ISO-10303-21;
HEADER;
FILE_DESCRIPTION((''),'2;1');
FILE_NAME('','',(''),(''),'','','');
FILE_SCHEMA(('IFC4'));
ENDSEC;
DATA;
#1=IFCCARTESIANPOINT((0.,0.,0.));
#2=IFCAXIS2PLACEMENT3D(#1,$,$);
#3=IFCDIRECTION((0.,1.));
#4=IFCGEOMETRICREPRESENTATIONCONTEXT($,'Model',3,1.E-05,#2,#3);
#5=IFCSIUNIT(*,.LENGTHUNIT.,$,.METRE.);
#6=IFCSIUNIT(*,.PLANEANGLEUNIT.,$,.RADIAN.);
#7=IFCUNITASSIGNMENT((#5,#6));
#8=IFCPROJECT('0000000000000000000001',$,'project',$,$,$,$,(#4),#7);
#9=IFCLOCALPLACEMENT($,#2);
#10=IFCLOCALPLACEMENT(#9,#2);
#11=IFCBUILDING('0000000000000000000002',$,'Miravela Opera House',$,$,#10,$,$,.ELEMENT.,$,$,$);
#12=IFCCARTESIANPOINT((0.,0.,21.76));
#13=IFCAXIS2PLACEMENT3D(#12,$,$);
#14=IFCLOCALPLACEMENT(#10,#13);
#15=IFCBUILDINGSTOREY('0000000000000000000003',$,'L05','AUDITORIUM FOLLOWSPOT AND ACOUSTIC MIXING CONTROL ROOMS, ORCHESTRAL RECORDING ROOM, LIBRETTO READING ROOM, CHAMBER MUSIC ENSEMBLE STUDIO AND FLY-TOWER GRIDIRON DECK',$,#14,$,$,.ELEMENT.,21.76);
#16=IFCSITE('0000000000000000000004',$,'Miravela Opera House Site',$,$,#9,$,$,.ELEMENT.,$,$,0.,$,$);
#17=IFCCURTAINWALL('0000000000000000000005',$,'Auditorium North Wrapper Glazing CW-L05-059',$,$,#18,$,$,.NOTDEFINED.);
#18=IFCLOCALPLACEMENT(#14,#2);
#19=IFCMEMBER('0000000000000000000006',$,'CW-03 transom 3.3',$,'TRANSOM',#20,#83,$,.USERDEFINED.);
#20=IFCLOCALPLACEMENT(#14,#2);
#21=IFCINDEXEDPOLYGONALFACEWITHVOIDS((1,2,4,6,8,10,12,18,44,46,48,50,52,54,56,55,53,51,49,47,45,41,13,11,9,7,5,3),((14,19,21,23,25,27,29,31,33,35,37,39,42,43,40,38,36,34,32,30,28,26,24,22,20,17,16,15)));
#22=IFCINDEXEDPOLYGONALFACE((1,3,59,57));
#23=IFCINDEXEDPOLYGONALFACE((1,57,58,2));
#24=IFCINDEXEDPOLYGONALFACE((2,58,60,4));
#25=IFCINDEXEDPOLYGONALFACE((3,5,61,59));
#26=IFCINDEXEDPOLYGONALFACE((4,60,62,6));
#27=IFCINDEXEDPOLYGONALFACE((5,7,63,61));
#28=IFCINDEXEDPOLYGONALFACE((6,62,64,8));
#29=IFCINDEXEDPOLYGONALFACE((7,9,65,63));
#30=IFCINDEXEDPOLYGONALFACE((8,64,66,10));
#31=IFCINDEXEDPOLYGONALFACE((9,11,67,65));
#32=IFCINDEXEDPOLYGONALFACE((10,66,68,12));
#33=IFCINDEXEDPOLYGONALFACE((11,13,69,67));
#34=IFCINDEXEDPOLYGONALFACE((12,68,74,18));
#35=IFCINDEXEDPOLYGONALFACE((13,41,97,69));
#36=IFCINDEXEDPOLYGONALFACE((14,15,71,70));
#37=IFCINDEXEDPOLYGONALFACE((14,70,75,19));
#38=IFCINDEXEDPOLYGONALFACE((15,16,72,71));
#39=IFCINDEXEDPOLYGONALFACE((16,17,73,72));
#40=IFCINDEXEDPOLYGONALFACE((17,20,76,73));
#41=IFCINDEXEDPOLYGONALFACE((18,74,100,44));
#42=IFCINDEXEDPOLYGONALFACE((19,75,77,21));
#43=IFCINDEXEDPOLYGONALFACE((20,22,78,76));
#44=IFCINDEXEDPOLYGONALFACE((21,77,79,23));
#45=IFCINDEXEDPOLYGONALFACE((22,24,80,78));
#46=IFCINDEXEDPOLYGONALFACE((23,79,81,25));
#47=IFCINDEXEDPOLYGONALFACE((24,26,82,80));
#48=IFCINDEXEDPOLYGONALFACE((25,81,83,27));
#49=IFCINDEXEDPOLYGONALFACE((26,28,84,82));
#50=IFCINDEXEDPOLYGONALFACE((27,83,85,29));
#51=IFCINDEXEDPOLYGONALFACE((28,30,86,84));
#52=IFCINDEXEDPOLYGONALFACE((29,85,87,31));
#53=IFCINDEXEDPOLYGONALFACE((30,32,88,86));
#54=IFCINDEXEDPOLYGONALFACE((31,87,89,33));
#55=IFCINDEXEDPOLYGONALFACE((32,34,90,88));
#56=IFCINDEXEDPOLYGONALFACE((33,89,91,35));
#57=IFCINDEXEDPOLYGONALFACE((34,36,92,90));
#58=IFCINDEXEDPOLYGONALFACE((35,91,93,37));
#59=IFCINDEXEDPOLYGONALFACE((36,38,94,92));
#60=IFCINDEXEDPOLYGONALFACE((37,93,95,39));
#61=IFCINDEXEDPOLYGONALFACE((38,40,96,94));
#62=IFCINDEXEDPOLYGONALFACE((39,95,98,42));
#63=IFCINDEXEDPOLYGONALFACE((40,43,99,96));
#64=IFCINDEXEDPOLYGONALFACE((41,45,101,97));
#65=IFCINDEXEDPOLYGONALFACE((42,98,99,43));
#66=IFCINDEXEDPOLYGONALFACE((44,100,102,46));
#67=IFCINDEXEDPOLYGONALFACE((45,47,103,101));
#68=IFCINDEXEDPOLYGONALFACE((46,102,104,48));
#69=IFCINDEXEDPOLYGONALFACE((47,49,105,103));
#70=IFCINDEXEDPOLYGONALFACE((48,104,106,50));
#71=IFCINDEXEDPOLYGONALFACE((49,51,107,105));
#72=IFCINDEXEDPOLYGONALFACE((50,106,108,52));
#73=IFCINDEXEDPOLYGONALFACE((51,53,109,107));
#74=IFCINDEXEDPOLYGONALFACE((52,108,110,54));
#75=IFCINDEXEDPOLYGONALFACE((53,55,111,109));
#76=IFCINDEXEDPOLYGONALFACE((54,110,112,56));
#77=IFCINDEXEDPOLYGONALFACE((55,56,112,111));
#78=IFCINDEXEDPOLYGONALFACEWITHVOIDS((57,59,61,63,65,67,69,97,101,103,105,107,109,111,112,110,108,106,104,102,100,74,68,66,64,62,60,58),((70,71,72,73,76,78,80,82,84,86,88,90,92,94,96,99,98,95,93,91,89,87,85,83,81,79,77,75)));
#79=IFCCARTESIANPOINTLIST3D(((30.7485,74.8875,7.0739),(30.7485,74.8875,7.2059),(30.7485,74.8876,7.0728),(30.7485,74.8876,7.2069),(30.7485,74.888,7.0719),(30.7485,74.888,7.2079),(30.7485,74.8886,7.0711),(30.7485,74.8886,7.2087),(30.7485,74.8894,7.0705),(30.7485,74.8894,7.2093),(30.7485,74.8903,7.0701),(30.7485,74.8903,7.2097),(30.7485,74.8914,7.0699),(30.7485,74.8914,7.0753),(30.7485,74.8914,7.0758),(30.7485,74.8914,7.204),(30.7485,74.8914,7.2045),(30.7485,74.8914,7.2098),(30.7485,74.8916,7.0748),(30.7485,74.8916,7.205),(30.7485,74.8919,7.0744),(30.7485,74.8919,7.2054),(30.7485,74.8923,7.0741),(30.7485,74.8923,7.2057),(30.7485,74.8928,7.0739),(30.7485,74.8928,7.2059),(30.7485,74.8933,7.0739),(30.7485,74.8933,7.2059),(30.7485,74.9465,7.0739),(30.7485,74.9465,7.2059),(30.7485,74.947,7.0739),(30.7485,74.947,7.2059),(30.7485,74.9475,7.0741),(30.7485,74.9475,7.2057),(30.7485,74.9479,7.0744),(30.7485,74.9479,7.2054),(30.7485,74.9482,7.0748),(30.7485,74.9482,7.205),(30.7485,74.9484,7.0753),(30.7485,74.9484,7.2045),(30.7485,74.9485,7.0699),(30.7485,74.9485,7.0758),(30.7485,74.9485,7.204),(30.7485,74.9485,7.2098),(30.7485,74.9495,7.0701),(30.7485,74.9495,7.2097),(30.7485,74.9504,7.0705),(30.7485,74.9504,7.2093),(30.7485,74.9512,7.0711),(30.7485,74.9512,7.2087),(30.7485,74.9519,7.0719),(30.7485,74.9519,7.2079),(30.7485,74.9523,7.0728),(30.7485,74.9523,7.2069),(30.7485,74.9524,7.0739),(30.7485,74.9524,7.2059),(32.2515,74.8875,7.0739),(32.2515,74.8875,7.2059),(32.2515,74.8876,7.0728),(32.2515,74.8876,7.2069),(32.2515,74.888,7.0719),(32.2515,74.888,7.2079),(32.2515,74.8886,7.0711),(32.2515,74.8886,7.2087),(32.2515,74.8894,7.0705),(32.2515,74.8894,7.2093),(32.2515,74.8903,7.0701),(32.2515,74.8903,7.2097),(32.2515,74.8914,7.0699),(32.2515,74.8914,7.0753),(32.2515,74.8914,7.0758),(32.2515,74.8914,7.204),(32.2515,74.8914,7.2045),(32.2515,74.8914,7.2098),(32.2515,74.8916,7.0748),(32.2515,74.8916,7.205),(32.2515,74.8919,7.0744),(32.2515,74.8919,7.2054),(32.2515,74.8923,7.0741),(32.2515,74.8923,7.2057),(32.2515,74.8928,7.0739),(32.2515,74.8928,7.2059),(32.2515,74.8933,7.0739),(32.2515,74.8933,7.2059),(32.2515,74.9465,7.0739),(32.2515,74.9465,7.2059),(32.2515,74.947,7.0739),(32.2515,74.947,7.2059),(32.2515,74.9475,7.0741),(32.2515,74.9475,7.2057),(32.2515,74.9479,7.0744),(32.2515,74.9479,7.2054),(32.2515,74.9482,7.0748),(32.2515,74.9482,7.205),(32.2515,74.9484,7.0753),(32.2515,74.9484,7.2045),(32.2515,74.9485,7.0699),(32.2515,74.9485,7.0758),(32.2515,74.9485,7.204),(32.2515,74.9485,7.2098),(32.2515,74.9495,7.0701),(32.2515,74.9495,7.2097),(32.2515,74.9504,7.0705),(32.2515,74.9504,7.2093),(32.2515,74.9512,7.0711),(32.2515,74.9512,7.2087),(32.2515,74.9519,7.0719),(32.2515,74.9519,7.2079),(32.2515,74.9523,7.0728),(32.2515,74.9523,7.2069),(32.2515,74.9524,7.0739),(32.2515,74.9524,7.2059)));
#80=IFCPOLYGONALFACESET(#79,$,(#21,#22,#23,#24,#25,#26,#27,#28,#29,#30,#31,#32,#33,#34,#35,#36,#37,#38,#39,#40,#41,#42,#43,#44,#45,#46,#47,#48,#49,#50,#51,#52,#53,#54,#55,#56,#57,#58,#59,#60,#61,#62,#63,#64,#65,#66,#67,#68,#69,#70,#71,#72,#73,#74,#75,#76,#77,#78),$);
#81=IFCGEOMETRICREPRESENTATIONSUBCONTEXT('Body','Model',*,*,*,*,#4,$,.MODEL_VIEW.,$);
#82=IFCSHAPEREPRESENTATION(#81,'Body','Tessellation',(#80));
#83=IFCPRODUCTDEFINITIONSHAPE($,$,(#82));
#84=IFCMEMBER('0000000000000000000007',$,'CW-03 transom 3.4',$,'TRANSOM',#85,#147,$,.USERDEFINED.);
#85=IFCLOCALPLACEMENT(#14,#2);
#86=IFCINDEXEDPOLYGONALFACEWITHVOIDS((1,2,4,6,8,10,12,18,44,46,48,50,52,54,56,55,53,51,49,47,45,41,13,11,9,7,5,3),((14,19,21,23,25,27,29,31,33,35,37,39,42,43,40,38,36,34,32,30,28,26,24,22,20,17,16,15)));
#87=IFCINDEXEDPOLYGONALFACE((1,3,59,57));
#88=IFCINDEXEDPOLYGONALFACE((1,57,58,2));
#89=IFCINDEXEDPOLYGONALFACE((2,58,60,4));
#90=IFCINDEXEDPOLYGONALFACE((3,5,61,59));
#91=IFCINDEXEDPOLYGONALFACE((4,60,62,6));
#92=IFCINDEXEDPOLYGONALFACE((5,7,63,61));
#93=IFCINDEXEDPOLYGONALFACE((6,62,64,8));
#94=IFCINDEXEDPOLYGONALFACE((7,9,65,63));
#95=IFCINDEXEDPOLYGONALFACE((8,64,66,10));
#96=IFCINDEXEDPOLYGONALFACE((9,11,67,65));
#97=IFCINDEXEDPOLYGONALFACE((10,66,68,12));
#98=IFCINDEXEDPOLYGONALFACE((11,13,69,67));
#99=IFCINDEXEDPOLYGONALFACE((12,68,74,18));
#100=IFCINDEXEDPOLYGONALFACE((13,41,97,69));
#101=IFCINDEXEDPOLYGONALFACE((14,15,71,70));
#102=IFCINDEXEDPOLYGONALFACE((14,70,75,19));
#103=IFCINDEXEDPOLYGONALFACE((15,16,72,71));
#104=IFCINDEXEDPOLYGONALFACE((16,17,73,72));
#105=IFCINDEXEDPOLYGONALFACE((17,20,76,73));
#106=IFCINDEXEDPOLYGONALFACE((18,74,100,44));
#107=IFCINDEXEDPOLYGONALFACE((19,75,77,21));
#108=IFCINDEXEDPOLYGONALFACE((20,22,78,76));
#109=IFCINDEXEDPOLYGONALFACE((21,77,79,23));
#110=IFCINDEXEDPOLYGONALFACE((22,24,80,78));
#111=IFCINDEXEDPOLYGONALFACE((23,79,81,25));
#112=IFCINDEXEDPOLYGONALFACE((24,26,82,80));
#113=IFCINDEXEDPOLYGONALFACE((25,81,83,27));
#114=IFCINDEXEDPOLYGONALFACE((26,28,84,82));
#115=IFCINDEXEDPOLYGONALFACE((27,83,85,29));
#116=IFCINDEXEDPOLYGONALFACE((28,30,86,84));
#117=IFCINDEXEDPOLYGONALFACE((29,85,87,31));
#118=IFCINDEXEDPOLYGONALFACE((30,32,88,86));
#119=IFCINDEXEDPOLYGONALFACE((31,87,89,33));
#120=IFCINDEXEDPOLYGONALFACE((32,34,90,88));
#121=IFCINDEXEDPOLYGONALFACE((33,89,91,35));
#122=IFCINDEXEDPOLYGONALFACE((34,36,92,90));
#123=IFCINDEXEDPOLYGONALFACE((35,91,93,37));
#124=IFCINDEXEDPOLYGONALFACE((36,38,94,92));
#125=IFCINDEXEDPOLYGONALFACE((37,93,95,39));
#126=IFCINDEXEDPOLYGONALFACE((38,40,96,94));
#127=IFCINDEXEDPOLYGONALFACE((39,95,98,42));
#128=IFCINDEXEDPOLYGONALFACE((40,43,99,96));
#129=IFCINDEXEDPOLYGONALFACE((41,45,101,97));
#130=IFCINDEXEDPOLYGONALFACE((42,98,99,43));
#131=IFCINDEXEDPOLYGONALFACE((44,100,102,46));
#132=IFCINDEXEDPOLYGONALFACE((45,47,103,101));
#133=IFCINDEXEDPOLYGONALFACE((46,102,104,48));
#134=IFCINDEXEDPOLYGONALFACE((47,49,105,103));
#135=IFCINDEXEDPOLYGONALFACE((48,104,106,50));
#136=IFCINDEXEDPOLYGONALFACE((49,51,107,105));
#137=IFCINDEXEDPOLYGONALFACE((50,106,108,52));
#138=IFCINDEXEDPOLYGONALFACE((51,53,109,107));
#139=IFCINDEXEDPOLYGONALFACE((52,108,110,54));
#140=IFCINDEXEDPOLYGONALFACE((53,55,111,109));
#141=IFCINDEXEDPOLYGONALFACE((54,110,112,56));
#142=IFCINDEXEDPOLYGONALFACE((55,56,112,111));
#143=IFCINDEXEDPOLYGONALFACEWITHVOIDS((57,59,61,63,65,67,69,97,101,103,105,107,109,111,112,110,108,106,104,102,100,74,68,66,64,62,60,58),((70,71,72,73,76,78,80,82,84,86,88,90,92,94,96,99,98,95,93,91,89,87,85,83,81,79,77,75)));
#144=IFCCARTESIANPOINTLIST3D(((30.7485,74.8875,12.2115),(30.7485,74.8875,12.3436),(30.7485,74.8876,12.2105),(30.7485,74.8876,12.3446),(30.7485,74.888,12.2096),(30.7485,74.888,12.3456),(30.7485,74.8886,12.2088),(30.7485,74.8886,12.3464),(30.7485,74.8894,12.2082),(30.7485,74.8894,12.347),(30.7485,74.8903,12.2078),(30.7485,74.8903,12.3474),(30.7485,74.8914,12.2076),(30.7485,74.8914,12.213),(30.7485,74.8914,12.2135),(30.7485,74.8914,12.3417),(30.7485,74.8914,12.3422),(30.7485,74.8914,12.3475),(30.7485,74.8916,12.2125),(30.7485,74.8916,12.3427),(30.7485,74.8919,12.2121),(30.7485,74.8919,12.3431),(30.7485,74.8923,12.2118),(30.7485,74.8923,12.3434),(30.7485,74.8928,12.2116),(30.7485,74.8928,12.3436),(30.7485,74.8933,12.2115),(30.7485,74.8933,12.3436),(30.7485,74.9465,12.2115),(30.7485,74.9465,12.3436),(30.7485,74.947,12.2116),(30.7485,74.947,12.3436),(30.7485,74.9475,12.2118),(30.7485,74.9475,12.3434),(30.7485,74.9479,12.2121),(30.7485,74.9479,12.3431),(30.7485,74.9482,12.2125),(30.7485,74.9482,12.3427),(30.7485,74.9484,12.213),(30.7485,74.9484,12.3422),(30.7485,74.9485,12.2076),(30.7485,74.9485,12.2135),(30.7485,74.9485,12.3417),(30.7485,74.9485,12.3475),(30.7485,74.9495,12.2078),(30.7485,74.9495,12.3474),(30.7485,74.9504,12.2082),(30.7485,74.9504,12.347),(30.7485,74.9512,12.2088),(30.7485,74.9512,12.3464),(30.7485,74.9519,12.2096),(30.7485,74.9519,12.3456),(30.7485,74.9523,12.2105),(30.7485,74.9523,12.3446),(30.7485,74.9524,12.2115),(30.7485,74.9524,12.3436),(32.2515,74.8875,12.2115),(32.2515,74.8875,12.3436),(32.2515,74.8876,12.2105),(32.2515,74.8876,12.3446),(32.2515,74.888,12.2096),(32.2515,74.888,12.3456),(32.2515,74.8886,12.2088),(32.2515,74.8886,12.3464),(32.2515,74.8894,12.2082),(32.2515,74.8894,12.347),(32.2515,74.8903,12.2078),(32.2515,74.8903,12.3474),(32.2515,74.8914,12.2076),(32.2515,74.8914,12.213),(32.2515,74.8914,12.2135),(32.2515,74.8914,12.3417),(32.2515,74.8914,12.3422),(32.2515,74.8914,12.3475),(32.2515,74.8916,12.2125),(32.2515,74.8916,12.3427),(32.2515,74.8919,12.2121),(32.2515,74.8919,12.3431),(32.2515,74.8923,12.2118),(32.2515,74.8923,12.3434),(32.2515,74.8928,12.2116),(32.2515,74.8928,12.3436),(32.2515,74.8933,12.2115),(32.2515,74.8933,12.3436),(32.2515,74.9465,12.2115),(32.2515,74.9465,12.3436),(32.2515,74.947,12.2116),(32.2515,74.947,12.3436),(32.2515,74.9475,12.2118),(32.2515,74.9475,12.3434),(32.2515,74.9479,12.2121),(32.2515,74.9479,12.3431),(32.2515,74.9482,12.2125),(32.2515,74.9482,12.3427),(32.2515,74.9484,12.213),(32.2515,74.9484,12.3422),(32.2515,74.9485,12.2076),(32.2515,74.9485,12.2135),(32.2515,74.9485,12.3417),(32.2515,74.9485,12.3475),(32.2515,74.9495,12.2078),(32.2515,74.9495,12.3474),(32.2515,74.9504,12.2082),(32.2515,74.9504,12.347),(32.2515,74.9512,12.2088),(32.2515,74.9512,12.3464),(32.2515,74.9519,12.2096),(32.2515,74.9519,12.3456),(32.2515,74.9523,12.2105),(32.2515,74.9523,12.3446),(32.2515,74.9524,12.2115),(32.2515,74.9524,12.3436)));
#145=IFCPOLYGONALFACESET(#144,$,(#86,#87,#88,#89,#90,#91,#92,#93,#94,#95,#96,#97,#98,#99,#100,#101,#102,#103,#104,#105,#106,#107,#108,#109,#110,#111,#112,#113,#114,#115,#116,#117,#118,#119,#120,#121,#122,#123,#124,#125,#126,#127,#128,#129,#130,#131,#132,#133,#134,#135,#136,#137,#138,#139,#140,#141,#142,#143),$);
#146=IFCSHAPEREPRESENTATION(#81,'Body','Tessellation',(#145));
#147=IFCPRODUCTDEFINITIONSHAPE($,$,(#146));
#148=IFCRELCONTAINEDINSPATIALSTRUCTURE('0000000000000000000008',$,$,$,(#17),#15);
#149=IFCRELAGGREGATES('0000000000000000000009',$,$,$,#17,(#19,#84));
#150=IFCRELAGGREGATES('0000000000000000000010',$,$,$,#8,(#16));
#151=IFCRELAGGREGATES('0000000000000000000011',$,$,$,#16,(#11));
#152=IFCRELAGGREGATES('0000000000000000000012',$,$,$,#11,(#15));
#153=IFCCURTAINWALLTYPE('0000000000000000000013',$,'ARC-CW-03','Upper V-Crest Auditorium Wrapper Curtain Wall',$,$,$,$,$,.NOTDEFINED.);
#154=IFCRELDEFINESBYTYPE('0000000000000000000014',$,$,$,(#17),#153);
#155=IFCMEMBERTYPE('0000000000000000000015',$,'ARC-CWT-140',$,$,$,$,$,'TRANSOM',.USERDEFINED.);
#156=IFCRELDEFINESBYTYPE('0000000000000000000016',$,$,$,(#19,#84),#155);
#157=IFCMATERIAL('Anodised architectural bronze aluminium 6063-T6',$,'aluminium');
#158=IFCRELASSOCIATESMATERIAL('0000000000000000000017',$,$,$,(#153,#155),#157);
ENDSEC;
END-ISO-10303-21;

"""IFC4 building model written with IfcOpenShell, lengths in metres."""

from ifc_helpers import new_model, si_unit, direction, frame, origin, origin_2d, place, context, subcontext, project, spatial, hollow_rectangle, extrude, material, material_profile, profile_set, type_object, element, aggregate, save


model = new_model("IFC4")

# Units and contexts
model_context = context("Model", 3, precision=1e-05, world=origin(), true_north=direction((0.0, 1.0)))
body_context = subcontext(model_context, "Body", "Model", "MODEL_VIEW")
ifc_project = project(units=[si_unit("LENGTHUNIT", "METRE"), si_unit("PLANEANGLEUNIT", "RADIAN")], contexts=[model_context])

# Site, building, storey
site_placement = place(None, origin())
site = spatial("IfcSite", under=ifc_project, at=site_placement, Name="Miravela Opera House Site", CompositionType="ELEMENT", RefElevation=0.0)
building_placement = place(site_placement, origin())
building = spatial("IfcBuilding", under=site, at=building_placement, Name="Miravela Opera House", CompositionType="ELEMENT")
storey_placement = place(building_placement, frame((0.0, 0.0, 21.76)))
storey = spatial("IfcBuildingStorey", under=building, at=storey_placement, Name="L05", Description="AUDITORIUM FOLLOWSPOT AND ACOUSTIC MIXING CONTROL ROOMS, ORCHESTRAL RECORDING ROOM, LIBRETTO READING ROOM, CHAMBER MUSIC ENSEMBLE STUDIO AND FLY-TOWER GRIDIRON DECK", CompositionType="ELEMENT", Elevation=21.76)

# Curtain wall, members
ifc_material_1 = material(Name="Anodised architectural bronze aluminium 6063-T6", Category="aluminium")
curtain_wall_type = type_object("IfcCurtainWallType", Name="ARC-CW-03", Description="Upper V-Crest Auditorium Wrapper Curtain Wall", PredefinedType="NOTDEFINED", material=ifc_material_1)
curtain_wall_placement = place(storey_placement, origin())
curtain_wall = element("IfcCurtainWall", 1, at=curtain_wall_placement, inside=storey, type_object=curtain_wall_type, Name="Auditorium North Wrapper Glazing CW-L05-059", PredefinedType="NOTDEFINED")
ifc_material_profile = material_profile(ifc_material_1, hollow_rectangle(XDim=0.0649, YDim=0.1399, WallThickness=0.0039, InnerFilletRadius=0.002, OuterFilletRadius=0.0039, at=origin_2d()), Name="CWT-65X140")
ifc_profile_set = profile_set([ifc_material_profile])
member_type = type_object("IfcMemberType", Name="ARC-CWT-140", ElementType="TRANSOM", PredefinedType="USERDEFINED", material=ifc_profile_set)
member_1_placement = place(storey_placement, frame((30.7485, 74.9199, 7.1399), z_axis=(1.0, 0.0, 0.0), x_axis=(0.0, 1.0, 0.0)))
member_1 = element("IfcMember", 2, at=member_1_placement, type_object=member_type, Name="CW-03 transom 3.3", ObjectType="TRANSOM", PredefinedType="USERDEFINED", context=body_context, shape_type="SweptSolid", body=[
    extrude(hollow_rectangle(XDim=0.0649, YDim=0.1399, WallThickness=0.0039, InnerFilletRadius=0.002, OuterFilletRadius=0.0039, at=origin_2d()), origin(), (0.0, 0.0, 1.0), 1.5029),
])
member_2_placement = place(storey_placement, frame((30.7485, 74.9199, 12.2776), z_axis=(1.0, 0.0, 0.0), x_axis=(0.0, 1.0, 0.0)))
member_2 = element("IfcMember", 3, at=member_2_placement, type_object=member_type, Name="CW-03 transom 3.4", ObjectType="TRANSOM", PredefinedType="USERDEFINED", context=body_context, shape_type="SweptSolid", body=[
    extrude(hollow_rectangle(XDim=0.0649, YDim=0.1399, WallThickness=0.0039, InnerFilletRadius=0.002, OuterFilletRadius=0.0039, at=origin_2d()), origin(), (0.0, 0.0, 1.0), 1.5029),
])
aggregate(curtain_wall, [member_1, member_2])

save(model, "model.ifc")
